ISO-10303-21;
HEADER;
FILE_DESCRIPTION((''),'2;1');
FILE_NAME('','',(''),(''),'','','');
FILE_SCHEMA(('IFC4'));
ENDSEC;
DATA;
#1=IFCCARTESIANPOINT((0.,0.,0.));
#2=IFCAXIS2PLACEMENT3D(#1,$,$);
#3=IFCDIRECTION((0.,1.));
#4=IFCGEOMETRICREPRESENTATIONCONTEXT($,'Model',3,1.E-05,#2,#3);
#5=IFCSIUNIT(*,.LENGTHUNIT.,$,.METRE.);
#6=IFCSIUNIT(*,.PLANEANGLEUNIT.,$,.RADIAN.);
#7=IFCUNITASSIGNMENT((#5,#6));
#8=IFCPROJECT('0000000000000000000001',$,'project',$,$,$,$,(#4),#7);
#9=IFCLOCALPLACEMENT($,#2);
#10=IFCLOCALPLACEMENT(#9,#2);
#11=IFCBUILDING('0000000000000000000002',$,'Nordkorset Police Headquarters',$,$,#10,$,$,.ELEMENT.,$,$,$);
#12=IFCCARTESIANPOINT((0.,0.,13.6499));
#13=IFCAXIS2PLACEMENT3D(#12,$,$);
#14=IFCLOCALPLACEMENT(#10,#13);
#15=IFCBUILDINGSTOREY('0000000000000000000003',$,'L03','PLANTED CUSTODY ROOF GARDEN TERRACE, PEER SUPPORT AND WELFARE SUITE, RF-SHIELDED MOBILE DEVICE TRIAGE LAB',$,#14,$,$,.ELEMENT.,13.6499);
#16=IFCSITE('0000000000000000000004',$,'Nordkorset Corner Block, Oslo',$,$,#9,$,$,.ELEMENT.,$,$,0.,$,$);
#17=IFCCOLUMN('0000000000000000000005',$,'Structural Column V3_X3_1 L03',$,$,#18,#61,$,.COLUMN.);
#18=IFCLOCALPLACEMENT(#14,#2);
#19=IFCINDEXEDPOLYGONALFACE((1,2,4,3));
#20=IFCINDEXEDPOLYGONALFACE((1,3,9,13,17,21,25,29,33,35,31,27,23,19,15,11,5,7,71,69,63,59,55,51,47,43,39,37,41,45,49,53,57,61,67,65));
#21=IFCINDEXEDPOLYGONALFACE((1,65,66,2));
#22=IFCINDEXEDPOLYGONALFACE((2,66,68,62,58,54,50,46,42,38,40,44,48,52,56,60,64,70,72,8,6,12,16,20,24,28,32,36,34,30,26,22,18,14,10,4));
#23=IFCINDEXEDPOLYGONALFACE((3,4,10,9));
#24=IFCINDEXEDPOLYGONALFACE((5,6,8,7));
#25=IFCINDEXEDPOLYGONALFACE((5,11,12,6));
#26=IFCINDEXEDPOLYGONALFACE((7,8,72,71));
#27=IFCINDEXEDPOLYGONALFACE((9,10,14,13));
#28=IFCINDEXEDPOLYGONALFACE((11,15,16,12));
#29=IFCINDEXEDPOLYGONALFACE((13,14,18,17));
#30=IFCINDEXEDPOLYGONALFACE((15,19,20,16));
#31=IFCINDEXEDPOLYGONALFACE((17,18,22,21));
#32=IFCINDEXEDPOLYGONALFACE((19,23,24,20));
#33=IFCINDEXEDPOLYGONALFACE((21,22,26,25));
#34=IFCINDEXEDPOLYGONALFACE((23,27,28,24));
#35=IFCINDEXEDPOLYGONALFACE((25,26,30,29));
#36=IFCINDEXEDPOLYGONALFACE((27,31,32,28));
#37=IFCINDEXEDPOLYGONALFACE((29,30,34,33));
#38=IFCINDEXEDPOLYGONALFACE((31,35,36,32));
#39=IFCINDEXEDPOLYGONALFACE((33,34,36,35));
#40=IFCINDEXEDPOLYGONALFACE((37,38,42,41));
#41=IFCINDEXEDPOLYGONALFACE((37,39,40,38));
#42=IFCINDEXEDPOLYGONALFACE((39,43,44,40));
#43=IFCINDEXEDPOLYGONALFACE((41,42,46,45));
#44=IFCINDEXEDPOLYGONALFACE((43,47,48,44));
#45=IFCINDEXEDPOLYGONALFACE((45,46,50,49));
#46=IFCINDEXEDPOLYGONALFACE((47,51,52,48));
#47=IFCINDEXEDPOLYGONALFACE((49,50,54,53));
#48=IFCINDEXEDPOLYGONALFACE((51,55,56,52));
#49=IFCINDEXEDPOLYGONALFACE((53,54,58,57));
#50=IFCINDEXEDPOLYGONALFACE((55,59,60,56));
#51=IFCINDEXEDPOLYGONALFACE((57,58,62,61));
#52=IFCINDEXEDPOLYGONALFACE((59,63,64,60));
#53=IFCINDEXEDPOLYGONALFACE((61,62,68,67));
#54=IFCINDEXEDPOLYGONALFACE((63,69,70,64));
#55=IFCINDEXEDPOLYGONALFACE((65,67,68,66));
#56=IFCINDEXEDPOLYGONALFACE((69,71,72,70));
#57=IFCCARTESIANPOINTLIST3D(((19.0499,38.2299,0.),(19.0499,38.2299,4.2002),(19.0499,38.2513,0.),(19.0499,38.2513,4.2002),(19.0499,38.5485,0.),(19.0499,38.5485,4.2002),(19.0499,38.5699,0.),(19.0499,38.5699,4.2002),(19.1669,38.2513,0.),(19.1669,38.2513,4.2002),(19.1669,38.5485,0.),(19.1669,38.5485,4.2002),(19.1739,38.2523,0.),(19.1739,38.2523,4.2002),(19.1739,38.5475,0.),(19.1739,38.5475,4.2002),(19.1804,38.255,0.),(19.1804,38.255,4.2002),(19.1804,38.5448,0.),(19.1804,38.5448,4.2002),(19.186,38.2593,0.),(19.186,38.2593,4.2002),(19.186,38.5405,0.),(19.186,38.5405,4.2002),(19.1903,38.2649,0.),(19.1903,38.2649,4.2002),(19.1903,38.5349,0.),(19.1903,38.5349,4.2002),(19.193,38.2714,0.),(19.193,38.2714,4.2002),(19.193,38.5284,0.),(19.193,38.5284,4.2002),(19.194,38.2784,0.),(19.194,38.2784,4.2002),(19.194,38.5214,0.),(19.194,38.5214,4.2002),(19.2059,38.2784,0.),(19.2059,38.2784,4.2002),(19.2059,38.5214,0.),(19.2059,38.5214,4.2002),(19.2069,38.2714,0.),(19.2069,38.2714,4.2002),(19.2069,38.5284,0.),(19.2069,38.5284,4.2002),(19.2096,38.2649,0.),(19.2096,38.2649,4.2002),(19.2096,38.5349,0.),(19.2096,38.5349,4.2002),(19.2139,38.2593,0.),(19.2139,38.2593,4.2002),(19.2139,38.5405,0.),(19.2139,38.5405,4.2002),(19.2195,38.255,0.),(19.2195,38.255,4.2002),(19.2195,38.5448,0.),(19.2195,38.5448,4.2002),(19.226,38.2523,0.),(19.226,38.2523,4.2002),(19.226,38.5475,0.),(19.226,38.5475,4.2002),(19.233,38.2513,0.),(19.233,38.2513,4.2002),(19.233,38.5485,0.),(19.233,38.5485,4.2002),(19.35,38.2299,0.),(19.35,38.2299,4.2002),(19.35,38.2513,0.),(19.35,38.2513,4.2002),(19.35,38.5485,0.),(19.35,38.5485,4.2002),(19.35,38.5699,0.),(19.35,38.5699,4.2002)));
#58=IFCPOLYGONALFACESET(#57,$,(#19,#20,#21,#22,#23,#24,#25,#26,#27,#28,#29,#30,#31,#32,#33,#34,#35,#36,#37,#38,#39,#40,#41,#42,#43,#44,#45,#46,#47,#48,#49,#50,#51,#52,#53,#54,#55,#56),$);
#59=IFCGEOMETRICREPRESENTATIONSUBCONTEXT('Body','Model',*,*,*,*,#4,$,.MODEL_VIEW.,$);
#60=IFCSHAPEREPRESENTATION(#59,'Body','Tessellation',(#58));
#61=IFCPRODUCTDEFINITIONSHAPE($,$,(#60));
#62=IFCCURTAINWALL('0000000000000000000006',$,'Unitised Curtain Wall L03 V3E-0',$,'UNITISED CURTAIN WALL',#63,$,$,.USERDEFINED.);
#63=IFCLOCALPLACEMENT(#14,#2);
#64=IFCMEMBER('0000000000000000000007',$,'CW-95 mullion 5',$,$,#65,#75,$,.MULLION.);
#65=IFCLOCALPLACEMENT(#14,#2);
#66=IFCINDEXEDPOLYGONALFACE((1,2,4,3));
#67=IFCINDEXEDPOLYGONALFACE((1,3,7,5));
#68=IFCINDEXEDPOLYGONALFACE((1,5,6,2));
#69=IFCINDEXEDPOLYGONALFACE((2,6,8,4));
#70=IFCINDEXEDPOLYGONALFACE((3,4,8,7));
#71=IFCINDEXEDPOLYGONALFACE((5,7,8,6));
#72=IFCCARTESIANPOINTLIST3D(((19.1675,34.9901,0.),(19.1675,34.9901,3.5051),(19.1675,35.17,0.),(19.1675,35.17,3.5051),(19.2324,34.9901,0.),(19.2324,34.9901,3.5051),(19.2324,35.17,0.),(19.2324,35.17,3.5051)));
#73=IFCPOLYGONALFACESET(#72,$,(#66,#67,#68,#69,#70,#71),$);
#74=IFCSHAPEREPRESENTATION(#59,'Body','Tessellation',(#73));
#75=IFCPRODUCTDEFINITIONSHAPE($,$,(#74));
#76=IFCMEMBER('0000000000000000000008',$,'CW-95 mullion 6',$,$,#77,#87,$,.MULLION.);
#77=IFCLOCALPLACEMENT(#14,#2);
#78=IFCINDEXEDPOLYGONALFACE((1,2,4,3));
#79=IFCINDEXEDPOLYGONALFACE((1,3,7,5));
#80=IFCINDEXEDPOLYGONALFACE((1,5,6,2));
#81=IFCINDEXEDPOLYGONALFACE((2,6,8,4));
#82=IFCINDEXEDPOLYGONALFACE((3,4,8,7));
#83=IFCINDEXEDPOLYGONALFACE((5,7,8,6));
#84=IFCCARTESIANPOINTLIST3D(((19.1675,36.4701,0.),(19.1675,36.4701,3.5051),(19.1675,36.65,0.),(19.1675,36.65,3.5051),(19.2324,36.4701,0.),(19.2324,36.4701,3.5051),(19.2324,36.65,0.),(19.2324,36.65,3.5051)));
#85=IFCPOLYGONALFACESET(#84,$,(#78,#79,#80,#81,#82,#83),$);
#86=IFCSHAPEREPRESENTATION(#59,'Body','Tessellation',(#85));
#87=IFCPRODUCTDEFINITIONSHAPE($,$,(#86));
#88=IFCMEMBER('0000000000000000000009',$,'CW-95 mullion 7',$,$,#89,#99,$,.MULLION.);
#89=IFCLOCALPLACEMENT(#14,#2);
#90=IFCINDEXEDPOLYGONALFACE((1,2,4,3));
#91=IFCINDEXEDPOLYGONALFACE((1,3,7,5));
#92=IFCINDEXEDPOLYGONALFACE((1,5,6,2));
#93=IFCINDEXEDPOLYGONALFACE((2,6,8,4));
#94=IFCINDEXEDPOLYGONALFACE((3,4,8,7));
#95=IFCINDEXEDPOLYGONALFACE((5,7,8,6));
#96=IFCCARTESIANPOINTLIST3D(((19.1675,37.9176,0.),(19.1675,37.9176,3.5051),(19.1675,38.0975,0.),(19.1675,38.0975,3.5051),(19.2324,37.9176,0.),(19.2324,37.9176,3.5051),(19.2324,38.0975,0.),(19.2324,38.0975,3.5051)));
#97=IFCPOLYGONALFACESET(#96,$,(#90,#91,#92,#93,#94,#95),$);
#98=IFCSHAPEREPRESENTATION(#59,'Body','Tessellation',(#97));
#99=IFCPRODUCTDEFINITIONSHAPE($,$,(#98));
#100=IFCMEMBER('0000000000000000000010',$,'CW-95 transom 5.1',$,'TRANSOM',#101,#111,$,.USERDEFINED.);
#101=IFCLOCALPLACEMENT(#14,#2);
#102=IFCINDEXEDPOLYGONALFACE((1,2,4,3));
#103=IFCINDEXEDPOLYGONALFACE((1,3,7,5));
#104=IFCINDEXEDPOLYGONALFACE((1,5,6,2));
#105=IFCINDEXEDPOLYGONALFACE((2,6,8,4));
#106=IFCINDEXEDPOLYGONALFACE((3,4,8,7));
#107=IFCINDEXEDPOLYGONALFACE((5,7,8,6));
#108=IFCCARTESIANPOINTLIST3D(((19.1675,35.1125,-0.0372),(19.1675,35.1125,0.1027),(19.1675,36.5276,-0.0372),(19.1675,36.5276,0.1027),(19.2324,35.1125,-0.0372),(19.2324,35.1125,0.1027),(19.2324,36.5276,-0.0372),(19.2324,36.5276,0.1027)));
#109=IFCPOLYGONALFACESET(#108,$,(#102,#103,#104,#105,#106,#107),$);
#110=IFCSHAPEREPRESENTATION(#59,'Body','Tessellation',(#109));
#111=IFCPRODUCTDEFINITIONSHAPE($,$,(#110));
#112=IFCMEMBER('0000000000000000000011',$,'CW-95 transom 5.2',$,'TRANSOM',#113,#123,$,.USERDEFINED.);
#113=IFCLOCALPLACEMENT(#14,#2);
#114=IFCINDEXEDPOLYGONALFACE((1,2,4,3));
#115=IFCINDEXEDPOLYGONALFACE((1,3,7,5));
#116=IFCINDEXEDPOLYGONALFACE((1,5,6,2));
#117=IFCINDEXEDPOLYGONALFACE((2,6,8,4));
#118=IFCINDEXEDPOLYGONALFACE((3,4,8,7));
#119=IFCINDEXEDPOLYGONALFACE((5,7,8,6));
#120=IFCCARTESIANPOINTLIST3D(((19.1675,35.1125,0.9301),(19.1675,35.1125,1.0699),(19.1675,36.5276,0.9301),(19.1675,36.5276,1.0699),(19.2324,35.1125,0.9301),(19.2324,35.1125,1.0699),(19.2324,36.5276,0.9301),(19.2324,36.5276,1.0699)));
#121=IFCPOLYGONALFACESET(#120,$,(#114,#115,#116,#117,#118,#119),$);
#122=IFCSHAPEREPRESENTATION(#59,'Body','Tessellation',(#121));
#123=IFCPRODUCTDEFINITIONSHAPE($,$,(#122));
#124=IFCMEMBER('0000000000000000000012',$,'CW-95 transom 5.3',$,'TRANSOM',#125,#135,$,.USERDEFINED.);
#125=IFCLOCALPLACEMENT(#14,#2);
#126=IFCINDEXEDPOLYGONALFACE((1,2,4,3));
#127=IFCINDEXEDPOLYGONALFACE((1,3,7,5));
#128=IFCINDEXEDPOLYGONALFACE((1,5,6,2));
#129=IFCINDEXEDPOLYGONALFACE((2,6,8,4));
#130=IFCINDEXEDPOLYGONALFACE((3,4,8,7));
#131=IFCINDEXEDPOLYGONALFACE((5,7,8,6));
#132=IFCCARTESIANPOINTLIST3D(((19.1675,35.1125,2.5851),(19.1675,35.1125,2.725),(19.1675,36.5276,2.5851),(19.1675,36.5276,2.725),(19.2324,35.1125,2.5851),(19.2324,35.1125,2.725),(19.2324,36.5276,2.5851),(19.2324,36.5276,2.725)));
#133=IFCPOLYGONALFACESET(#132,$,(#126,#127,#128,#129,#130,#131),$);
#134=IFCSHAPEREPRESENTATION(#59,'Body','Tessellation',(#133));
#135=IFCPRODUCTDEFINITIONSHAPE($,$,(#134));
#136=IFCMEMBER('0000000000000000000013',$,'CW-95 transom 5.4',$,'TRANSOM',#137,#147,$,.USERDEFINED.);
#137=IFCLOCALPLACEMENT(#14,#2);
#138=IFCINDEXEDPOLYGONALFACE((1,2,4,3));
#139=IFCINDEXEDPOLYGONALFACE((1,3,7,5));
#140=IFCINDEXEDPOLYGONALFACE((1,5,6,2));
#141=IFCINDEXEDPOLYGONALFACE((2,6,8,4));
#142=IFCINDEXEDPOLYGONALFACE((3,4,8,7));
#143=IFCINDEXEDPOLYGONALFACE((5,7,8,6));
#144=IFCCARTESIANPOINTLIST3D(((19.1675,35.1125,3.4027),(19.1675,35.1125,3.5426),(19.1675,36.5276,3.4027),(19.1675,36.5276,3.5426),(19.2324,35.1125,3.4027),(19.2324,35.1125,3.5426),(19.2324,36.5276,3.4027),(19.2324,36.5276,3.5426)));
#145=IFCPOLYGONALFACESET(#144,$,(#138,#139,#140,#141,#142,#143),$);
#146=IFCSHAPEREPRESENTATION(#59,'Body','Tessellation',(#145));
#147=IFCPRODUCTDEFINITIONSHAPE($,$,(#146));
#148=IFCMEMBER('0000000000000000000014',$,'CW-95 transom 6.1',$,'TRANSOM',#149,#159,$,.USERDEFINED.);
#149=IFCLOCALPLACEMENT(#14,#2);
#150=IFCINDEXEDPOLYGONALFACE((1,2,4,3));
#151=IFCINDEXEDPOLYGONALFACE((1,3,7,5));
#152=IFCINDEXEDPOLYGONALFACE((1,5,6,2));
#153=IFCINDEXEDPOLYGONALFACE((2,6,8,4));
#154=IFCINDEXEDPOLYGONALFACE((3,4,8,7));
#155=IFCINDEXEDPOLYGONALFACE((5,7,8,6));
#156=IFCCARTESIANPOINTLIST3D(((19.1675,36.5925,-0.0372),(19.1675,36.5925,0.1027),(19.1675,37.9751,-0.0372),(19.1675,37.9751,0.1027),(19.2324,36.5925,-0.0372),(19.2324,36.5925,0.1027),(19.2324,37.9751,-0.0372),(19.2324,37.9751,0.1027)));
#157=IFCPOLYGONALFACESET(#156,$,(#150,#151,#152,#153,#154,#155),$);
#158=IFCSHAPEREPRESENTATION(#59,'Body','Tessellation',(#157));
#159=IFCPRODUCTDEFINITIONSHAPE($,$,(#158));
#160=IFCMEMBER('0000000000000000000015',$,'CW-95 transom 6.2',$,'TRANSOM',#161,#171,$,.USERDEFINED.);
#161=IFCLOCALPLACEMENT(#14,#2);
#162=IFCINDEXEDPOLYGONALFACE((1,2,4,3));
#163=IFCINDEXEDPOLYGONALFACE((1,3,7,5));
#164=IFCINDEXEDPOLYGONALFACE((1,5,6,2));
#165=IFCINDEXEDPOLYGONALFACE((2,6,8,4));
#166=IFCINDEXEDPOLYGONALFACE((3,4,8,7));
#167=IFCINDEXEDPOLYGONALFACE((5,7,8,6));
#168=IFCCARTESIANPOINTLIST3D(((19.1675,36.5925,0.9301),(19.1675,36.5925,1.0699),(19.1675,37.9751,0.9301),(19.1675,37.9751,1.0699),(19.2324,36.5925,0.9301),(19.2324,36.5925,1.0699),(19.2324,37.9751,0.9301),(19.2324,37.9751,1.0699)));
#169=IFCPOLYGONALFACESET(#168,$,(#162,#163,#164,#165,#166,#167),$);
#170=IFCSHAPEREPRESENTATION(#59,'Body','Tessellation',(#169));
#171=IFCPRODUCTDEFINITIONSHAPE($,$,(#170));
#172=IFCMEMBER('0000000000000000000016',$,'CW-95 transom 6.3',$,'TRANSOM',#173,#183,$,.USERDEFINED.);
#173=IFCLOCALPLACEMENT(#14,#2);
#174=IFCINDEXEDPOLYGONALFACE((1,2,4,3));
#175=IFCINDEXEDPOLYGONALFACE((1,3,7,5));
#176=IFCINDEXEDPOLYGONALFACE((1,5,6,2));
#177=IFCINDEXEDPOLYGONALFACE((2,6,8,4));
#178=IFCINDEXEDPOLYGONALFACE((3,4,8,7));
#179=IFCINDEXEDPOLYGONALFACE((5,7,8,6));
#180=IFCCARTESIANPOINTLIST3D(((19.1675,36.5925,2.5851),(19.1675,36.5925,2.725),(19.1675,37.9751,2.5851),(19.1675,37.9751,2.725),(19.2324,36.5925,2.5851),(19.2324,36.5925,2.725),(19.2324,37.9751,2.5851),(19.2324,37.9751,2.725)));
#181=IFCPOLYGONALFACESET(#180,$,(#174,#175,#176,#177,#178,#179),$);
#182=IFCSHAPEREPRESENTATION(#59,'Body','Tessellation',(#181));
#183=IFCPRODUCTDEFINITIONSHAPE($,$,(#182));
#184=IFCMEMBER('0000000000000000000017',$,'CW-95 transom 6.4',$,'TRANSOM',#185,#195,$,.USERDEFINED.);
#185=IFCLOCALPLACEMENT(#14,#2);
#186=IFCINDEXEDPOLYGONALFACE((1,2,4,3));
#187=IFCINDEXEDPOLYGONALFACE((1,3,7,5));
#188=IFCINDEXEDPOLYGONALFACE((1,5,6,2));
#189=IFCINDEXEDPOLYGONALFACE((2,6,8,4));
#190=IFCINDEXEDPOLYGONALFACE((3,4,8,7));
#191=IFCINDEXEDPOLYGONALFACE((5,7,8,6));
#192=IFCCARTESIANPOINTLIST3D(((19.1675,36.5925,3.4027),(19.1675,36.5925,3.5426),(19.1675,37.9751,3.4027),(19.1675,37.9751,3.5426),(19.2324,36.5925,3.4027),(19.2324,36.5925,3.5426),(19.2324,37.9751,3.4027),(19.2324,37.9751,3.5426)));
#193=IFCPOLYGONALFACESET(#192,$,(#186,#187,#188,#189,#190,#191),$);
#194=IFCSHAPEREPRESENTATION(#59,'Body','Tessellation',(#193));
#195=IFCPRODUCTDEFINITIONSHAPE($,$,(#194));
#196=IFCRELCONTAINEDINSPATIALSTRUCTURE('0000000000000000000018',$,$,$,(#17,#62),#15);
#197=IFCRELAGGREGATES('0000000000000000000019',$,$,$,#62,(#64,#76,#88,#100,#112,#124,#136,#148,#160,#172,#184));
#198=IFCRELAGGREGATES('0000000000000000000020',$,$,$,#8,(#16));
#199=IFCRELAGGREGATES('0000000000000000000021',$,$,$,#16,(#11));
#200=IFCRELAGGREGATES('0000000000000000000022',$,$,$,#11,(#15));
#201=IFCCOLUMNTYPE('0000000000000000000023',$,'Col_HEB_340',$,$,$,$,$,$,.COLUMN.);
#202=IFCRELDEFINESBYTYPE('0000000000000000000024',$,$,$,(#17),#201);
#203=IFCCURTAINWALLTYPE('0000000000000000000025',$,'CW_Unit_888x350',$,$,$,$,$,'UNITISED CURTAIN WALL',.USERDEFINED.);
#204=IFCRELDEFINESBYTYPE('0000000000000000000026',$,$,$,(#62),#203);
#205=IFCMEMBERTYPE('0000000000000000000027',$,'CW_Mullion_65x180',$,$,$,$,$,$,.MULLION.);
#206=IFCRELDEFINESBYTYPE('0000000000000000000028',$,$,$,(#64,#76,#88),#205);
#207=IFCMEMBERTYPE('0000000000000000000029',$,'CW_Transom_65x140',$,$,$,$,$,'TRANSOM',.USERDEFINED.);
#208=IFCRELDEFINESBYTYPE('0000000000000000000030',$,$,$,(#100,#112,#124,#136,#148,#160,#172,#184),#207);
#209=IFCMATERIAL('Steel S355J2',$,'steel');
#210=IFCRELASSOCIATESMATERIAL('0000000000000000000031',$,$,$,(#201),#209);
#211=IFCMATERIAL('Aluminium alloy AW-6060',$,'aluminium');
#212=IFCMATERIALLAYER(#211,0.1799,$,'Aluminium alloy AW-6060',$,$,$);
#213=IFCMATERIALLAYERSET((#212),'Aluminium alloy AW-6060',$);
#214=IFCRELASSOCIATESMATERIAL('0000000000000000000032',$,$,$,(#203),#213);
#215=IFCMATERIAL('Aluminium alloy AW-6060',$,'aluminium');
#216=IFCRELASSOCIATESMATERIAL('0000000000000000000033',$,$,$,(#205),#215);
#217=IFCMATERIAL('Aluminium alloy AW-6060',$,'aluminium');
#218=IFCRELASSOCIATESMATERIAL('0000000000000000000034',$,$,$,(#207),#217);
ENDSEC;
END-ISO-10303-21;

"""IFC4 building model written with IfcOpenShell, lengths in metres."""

from ifc_helpers import new_model, si_unit, direction, frame, origin, origin_2d, place, context, subcontext, project, spatial, rectangle, i_section, extrude, material, layer, layer_set, material_profile, profile_set, type_object, element, aggregate, save


model = new_model("IFC4")

# Units and contexts
model_context = context("Model", 3, precision=1e-05, world=origin(), true_north=direction((0.0, 1.0)))
body_context = subcontext(model_context, "Body", "Model", "MODEL_VIEW")
ifc_project = project(units=[si_unit("LENGTHUNIT", "METRE"), si_unit("PLANEANGLEUNIT", "RADIAN")], contexts=[model_context])

# Site, building, storey
site_placement = place(None, origin())
site = spatial("IfcSite", under=ifc_project, at=site_placement, Name="Nordkorset Corner Block, Oslo", CompositionType="ELEMENT", RefElevation=0.0)
building_placement = place(site_placement, origin())
building = spatial("IfcBuilding", under=site, at=building_placement, Name="Nordkorset Police Headquarters", CompositionType="ELEMENT")
storey_placement = place(building_placement, frame((0.0, 0.0, 13.6499)))
storey = spatial("IfcBuildingStorey", under=building, at=storey_placement, Name="L03", Description="PLANTED CUSTODY ROOF GARDEN TERRACE, PEER SUPPORT AND WELFARE SUITE, RF-SHIELDED MOBILE DEVICE TRIAGE LAB", CompositionType="ELEMENT", Elevation=13.6499)

# Column
ifc_material_1 = material(Name="Steel S355J2", Category="steel")
ifc_material_profile_1 = material_profile(ifc_material_1, i_section(OverallWidth=0.3, OverallDepth=0.3401, WebThickness=0.012, FlangeThickness=0.0215, FilletRadius=0.0271, at=origin_2d()), Name="HEB 340")
ifc_profile_set_1 = profile_set([ifc_material_profile_1], Name="Steel S355J2")
column_type = type_object("IfcColumnType", Name="Col_HEB_340", PredefinedType="COLUMN", material=ifc_profile_set_1)
column_placement = place(storey_placement, frame((19.2, 38.3999, 0.0), z_axis=(0.0, 0.0, 1.0), x_axis=(1.0, 0.0, 0.0)))
element("IfcColumn", 1, at=column_placement, inside=storey, type_object=column_type, Name="Structural Column V3_X3_1 L03", PredefinedType="COLUMN", context=body_context, shape_type="SweptSolid", body=[
    extrude(i_section(OverallWidth=0.3, OverallDepth=0.3401, WebThickness=0.012, FlangeThickness=0.0215, FilletRadius=0.0271, at=origin_2d()), origin(), (0.0, 0.0, 1.0), 4.2002),
])

# Curtain wall, members
ifc_material_2 = material(Name="Aluminium alloy AW-6060", Category="aluminium")
ifc_layer_1 = layer(ifc_material_2, 0.1799, Name="Aluminium alloy AW-6060")
ifc_layer_set_1 = layer_set([ifc_layer_1], Name="Aluminium alloy AW-6060")
curtain_wall_type = type_object("IfcCurtainWallType", Name="CW_Unit_888x350", ElementType="UNITISED CURTAIN WALL", PredefinedType="USERDEFINED", material=ifc_layer_set_1)
curtain_wall_placement = place(storey_placement, origin())
curtain_wall = element("IfcCurtainWall", 2, at=curtain_wall_placement, inside=storey, type_object=curtain_wall_type, Name="Unitised Curtain Wall L03 V3E-0", ObjectType="UNITISED CURTAIN WALL", PredefinedType="USERDEFINED")
ifc_material_3 = material(Name="Aluminium alloy AW-6060", Category="aluminium")
ifc_material_profile_2 = material_profile(ifc_material_3, rectangle(XDim=0.0649, YDim=0.1799, at=origin_2d()), Name="ALU MULL 65x180")
ifc_profile_set_2 = profile_set([ifc_material_profile_2], Name="Aluminium alloy AW-6060")
member_type_1 = type_object("IfcMemberType", Name="CW_Mullion_65x180", PredefinedType="MULLION", material=ifc_profile_set_2)
member_1_placement = place(storey_placement, frame((19.2, 35.0801, 0.0), z_axis=(0.0, 0.0, 1.0), x_axis=(-1.0, 0.0, 0.0)))
member_1 = element("IfcMember", 3, at=member_1_placement, type_object=member_type_1, Name="CW-95 mullion 5", PredefinedType="MULLION", context=body_context, shape_type="SweptSolid", body=[
    extrude(rectangle(XDim=0.0649, YDim=0.1799, at=origin_2d()), origin(), (0.0, 0.0, 1.0), 3.5051),
])
member_2_placement = place(storey_placement, frame((19.2, 36.5601, 0.0), z_axis=(0.0, 0.0, 1.0), x_axis=(-1.0, 0.0, 0.0)))
member_2 = element("IfcMember", 4, at=member_2_placement, type_object=member_type_1, Name="CW-95 mullion 6", PredefinedType="MULLION", context=body_context, shape_type="SweptSolid", body=[
    extrude(rectangle(XDim=0.0649, YDim=0.1799, at=origin_2d()), origin(), (0.0, 0.0, 1.0), 3.5051),
])
member_3_placement = place(storey_placement, frame((19.2, 38.0076, 0.0), z_axis=(0.0, 0.0, 1.0), x_axis=(-1.0, 0.0, 0.0)))
member_3 = element("IfcMember", 5, at=member_3_placement, type_object=member_type_1, Name="CW-95 mullion 7", PredefinedType="MULLION", context=body_context, shape_type="SweptSolid", body=[
    extrude(rectangle(XDim=0.0649, YDim=0.1799, at=origin_2d()), origin(), (0.0, 0.0, 1.0), 3.5051),
])
ifc_material_4 = material(Name="Aluminium alloy AW-6060", Category="aluminium")
ifc_material_profile_3 = material_profile(ifc_material_4, rectangle(XDim=0.0649, YDim=0.1399, at=origin_2d()), Name="ALU TRAN 65x140")
ifc_profile_set_3 = profile_set([ifc_material_profile_3], Name="Aluminium alloy AW-6060")
member_type_2 = type_object("IfcMemberType", Name="CW_Transom_65x140", ElementType="TRANSOM", PredefinedType="USERDEFINED", material=ifc_profile_set_3)
member_4_placement = place(storey_placement, frame((19.2, 35.1125, 0.0327), z_axis=(0.0, 1.0, 0.0), x_axis=(-1.0, 0.0, 0.0)))
member_4 = element("IfcMember", 6, at=member_4_placement, type_object=member_type_2, Name="CW-95 transom 5.1", ObjectType="TRANSOM", PredefinedType="USERDEFINED", context=body_context, shape_type="SweptSolid", body=[
    extrude(rectangle(XDim=0.0649, YDim=0.1399, at=origin_2d()), origin(), (0.0, 0.0, 1.0), 1.415),
])
member_5_placement = place(storey_placement, frame((19.2, 35.1125, 1.0), z_axis=(0.0, 1.0, 0.0), x_axis=(-1.0, 0.0, 0.0)))
member_5 = element("IfcMember", 7, at=member_5_placement, type_object=member_type_2, Name="CW-95 transom 5.2", ObjectType="TRANSOM", PredefinedType="USERDEFINED", context=body_context, shape_type="SweptSolid", body=[
    extrude(rectangle(XDim=0.0649, YDim=0.1399, at=origin_2d()), origin(), (0.0, 0.0, 1.0), 1.415),
])
member_6_placement = place(storey_placement, frame((19.2, 35.1125, 2.655), z_axis=(0.0, 1.0, 0.0), x_axis=(-1.0, 0.0, 0.0)))
member_6 = element("IfcMember", 8, at=member_6_placement, type_object=member_type_2, Name="CW-95 transom 5.3", ObjectType="TRANSOM", PredefinedType="USERDEFINED", context=body_context, shape_type="SweptSolid", body=[
    extrude(rectangle(XDim=0.0649, YDim=0.1399, at=origin_2d()), origin(), (0.0, 0.0, 1.0), 1.415),
])
member_7_placement = place(storey_placement, frame((19.2, 35.1125, 3.4727), z_axis=(0.0, 1.0, 0.0), x_axis=(-1.0, 0.0, 0.0)))
member_7 = element("IfcMember", 9, at=member_7_placement, type_object=member_type_2, Name="CW-95 transom 5.4", ObjectType="TRANSOM", PredefinedType="USERDEFINED", context=body_context, shape_type="SweptSolid", body=[
    extrude(rectangle(XDim=0.0649, YDim=0.1399, at=origin_2d()), origin(), (0.0, 0.0, 1.0), 1.415),
])
member_8_placement = place(storey_placement, frame((19.2, 36.5925, 0.0327), z_axis=(0.0, 1.0, 0.0), x_axis=(-1.0, 0.0, 0.0)))
member_8 = element("IfcMember", 10, at=member_8_placement, type_object=member_type_2, Name="CW-95 transom 6.1", ObjectType="TRANSOM", PredefinedType="USERDEFINED", context=body_context, shape_type="SweptSolid", body=[
    extrude(rectangle(XDim=0.0649, YDim=0.1399, at=origin_2d()), origin(), (0.0, 0.0, 1.0), 1.3826),
])
member_9_placement = place(storey_placement, frame((19.2, 36.5925, 1.0), z_axis=(0.0, 1.0, 0.0), x_axis=(-1.0, 0.0, 0.0)))
member_9 = element("IfcMember", 11, at=member_9_placement, type_object=member_type_2, Name="CW-95 transom 6.2", ObjectType="TRANSOM", PredefinedType="USERDEFINED", context=body_context, shape_type="SweptSolid", body=[
    extrude(rectangle(XDim=0.0649, YDim=0.1399, at=origin_2d()), origin(), (0.0, 0.0, 1.0), 1.3826),
])
member_10_placement = place(storey_placement, frame((19.2, 36.5925, 2.655), z_axis=(0.0, 1.0, 0.0), x_axis=(-1.0, 0.0, 0.0)))
member_10 = element("IfcMember", 12, at=member_10_placement, type_object=member_type_2, Name="CW-95 transom 6.3", ObjectType="TRANSOM", PredefinedType="USERDEFINED", context=body_context, shape_type="SweptSolid", body=[
    extrude(rectangle(XDim=0.0649, YDim=0.1399, at=origin_2d()), origin(), (0.0, 0.0, 1.0), 1.3826),
])
member_11_placement = place(storey_placement, frame((19.2, 36.5925, 3.4727), z_axis=(0.0, 1.0, 0.0), x_axis=(-1.0, 0.0, 0.0)))
member_11 = element("IfcMember", 13, at=member_11_placement, type_object=member_type_2, Name="CW-95 transom 6.4", ObjectType="TRANSOM", PredefinedType="USERDEFINED", context=body_context, shape_type="SweptSolid", body=[
    extrude(rectangle(XDim=0.0649, YDim=0.1399, at=origin_2d()), origin(), (0.0, 0.0, 1.0), 1.3826),
])

aggregate(curtain_wall, [member_1, member_2, member_3, member_4, member_5, member_6, member_7, member_8, member_9, member_10, member_11])

save(model, "model.ifc")
